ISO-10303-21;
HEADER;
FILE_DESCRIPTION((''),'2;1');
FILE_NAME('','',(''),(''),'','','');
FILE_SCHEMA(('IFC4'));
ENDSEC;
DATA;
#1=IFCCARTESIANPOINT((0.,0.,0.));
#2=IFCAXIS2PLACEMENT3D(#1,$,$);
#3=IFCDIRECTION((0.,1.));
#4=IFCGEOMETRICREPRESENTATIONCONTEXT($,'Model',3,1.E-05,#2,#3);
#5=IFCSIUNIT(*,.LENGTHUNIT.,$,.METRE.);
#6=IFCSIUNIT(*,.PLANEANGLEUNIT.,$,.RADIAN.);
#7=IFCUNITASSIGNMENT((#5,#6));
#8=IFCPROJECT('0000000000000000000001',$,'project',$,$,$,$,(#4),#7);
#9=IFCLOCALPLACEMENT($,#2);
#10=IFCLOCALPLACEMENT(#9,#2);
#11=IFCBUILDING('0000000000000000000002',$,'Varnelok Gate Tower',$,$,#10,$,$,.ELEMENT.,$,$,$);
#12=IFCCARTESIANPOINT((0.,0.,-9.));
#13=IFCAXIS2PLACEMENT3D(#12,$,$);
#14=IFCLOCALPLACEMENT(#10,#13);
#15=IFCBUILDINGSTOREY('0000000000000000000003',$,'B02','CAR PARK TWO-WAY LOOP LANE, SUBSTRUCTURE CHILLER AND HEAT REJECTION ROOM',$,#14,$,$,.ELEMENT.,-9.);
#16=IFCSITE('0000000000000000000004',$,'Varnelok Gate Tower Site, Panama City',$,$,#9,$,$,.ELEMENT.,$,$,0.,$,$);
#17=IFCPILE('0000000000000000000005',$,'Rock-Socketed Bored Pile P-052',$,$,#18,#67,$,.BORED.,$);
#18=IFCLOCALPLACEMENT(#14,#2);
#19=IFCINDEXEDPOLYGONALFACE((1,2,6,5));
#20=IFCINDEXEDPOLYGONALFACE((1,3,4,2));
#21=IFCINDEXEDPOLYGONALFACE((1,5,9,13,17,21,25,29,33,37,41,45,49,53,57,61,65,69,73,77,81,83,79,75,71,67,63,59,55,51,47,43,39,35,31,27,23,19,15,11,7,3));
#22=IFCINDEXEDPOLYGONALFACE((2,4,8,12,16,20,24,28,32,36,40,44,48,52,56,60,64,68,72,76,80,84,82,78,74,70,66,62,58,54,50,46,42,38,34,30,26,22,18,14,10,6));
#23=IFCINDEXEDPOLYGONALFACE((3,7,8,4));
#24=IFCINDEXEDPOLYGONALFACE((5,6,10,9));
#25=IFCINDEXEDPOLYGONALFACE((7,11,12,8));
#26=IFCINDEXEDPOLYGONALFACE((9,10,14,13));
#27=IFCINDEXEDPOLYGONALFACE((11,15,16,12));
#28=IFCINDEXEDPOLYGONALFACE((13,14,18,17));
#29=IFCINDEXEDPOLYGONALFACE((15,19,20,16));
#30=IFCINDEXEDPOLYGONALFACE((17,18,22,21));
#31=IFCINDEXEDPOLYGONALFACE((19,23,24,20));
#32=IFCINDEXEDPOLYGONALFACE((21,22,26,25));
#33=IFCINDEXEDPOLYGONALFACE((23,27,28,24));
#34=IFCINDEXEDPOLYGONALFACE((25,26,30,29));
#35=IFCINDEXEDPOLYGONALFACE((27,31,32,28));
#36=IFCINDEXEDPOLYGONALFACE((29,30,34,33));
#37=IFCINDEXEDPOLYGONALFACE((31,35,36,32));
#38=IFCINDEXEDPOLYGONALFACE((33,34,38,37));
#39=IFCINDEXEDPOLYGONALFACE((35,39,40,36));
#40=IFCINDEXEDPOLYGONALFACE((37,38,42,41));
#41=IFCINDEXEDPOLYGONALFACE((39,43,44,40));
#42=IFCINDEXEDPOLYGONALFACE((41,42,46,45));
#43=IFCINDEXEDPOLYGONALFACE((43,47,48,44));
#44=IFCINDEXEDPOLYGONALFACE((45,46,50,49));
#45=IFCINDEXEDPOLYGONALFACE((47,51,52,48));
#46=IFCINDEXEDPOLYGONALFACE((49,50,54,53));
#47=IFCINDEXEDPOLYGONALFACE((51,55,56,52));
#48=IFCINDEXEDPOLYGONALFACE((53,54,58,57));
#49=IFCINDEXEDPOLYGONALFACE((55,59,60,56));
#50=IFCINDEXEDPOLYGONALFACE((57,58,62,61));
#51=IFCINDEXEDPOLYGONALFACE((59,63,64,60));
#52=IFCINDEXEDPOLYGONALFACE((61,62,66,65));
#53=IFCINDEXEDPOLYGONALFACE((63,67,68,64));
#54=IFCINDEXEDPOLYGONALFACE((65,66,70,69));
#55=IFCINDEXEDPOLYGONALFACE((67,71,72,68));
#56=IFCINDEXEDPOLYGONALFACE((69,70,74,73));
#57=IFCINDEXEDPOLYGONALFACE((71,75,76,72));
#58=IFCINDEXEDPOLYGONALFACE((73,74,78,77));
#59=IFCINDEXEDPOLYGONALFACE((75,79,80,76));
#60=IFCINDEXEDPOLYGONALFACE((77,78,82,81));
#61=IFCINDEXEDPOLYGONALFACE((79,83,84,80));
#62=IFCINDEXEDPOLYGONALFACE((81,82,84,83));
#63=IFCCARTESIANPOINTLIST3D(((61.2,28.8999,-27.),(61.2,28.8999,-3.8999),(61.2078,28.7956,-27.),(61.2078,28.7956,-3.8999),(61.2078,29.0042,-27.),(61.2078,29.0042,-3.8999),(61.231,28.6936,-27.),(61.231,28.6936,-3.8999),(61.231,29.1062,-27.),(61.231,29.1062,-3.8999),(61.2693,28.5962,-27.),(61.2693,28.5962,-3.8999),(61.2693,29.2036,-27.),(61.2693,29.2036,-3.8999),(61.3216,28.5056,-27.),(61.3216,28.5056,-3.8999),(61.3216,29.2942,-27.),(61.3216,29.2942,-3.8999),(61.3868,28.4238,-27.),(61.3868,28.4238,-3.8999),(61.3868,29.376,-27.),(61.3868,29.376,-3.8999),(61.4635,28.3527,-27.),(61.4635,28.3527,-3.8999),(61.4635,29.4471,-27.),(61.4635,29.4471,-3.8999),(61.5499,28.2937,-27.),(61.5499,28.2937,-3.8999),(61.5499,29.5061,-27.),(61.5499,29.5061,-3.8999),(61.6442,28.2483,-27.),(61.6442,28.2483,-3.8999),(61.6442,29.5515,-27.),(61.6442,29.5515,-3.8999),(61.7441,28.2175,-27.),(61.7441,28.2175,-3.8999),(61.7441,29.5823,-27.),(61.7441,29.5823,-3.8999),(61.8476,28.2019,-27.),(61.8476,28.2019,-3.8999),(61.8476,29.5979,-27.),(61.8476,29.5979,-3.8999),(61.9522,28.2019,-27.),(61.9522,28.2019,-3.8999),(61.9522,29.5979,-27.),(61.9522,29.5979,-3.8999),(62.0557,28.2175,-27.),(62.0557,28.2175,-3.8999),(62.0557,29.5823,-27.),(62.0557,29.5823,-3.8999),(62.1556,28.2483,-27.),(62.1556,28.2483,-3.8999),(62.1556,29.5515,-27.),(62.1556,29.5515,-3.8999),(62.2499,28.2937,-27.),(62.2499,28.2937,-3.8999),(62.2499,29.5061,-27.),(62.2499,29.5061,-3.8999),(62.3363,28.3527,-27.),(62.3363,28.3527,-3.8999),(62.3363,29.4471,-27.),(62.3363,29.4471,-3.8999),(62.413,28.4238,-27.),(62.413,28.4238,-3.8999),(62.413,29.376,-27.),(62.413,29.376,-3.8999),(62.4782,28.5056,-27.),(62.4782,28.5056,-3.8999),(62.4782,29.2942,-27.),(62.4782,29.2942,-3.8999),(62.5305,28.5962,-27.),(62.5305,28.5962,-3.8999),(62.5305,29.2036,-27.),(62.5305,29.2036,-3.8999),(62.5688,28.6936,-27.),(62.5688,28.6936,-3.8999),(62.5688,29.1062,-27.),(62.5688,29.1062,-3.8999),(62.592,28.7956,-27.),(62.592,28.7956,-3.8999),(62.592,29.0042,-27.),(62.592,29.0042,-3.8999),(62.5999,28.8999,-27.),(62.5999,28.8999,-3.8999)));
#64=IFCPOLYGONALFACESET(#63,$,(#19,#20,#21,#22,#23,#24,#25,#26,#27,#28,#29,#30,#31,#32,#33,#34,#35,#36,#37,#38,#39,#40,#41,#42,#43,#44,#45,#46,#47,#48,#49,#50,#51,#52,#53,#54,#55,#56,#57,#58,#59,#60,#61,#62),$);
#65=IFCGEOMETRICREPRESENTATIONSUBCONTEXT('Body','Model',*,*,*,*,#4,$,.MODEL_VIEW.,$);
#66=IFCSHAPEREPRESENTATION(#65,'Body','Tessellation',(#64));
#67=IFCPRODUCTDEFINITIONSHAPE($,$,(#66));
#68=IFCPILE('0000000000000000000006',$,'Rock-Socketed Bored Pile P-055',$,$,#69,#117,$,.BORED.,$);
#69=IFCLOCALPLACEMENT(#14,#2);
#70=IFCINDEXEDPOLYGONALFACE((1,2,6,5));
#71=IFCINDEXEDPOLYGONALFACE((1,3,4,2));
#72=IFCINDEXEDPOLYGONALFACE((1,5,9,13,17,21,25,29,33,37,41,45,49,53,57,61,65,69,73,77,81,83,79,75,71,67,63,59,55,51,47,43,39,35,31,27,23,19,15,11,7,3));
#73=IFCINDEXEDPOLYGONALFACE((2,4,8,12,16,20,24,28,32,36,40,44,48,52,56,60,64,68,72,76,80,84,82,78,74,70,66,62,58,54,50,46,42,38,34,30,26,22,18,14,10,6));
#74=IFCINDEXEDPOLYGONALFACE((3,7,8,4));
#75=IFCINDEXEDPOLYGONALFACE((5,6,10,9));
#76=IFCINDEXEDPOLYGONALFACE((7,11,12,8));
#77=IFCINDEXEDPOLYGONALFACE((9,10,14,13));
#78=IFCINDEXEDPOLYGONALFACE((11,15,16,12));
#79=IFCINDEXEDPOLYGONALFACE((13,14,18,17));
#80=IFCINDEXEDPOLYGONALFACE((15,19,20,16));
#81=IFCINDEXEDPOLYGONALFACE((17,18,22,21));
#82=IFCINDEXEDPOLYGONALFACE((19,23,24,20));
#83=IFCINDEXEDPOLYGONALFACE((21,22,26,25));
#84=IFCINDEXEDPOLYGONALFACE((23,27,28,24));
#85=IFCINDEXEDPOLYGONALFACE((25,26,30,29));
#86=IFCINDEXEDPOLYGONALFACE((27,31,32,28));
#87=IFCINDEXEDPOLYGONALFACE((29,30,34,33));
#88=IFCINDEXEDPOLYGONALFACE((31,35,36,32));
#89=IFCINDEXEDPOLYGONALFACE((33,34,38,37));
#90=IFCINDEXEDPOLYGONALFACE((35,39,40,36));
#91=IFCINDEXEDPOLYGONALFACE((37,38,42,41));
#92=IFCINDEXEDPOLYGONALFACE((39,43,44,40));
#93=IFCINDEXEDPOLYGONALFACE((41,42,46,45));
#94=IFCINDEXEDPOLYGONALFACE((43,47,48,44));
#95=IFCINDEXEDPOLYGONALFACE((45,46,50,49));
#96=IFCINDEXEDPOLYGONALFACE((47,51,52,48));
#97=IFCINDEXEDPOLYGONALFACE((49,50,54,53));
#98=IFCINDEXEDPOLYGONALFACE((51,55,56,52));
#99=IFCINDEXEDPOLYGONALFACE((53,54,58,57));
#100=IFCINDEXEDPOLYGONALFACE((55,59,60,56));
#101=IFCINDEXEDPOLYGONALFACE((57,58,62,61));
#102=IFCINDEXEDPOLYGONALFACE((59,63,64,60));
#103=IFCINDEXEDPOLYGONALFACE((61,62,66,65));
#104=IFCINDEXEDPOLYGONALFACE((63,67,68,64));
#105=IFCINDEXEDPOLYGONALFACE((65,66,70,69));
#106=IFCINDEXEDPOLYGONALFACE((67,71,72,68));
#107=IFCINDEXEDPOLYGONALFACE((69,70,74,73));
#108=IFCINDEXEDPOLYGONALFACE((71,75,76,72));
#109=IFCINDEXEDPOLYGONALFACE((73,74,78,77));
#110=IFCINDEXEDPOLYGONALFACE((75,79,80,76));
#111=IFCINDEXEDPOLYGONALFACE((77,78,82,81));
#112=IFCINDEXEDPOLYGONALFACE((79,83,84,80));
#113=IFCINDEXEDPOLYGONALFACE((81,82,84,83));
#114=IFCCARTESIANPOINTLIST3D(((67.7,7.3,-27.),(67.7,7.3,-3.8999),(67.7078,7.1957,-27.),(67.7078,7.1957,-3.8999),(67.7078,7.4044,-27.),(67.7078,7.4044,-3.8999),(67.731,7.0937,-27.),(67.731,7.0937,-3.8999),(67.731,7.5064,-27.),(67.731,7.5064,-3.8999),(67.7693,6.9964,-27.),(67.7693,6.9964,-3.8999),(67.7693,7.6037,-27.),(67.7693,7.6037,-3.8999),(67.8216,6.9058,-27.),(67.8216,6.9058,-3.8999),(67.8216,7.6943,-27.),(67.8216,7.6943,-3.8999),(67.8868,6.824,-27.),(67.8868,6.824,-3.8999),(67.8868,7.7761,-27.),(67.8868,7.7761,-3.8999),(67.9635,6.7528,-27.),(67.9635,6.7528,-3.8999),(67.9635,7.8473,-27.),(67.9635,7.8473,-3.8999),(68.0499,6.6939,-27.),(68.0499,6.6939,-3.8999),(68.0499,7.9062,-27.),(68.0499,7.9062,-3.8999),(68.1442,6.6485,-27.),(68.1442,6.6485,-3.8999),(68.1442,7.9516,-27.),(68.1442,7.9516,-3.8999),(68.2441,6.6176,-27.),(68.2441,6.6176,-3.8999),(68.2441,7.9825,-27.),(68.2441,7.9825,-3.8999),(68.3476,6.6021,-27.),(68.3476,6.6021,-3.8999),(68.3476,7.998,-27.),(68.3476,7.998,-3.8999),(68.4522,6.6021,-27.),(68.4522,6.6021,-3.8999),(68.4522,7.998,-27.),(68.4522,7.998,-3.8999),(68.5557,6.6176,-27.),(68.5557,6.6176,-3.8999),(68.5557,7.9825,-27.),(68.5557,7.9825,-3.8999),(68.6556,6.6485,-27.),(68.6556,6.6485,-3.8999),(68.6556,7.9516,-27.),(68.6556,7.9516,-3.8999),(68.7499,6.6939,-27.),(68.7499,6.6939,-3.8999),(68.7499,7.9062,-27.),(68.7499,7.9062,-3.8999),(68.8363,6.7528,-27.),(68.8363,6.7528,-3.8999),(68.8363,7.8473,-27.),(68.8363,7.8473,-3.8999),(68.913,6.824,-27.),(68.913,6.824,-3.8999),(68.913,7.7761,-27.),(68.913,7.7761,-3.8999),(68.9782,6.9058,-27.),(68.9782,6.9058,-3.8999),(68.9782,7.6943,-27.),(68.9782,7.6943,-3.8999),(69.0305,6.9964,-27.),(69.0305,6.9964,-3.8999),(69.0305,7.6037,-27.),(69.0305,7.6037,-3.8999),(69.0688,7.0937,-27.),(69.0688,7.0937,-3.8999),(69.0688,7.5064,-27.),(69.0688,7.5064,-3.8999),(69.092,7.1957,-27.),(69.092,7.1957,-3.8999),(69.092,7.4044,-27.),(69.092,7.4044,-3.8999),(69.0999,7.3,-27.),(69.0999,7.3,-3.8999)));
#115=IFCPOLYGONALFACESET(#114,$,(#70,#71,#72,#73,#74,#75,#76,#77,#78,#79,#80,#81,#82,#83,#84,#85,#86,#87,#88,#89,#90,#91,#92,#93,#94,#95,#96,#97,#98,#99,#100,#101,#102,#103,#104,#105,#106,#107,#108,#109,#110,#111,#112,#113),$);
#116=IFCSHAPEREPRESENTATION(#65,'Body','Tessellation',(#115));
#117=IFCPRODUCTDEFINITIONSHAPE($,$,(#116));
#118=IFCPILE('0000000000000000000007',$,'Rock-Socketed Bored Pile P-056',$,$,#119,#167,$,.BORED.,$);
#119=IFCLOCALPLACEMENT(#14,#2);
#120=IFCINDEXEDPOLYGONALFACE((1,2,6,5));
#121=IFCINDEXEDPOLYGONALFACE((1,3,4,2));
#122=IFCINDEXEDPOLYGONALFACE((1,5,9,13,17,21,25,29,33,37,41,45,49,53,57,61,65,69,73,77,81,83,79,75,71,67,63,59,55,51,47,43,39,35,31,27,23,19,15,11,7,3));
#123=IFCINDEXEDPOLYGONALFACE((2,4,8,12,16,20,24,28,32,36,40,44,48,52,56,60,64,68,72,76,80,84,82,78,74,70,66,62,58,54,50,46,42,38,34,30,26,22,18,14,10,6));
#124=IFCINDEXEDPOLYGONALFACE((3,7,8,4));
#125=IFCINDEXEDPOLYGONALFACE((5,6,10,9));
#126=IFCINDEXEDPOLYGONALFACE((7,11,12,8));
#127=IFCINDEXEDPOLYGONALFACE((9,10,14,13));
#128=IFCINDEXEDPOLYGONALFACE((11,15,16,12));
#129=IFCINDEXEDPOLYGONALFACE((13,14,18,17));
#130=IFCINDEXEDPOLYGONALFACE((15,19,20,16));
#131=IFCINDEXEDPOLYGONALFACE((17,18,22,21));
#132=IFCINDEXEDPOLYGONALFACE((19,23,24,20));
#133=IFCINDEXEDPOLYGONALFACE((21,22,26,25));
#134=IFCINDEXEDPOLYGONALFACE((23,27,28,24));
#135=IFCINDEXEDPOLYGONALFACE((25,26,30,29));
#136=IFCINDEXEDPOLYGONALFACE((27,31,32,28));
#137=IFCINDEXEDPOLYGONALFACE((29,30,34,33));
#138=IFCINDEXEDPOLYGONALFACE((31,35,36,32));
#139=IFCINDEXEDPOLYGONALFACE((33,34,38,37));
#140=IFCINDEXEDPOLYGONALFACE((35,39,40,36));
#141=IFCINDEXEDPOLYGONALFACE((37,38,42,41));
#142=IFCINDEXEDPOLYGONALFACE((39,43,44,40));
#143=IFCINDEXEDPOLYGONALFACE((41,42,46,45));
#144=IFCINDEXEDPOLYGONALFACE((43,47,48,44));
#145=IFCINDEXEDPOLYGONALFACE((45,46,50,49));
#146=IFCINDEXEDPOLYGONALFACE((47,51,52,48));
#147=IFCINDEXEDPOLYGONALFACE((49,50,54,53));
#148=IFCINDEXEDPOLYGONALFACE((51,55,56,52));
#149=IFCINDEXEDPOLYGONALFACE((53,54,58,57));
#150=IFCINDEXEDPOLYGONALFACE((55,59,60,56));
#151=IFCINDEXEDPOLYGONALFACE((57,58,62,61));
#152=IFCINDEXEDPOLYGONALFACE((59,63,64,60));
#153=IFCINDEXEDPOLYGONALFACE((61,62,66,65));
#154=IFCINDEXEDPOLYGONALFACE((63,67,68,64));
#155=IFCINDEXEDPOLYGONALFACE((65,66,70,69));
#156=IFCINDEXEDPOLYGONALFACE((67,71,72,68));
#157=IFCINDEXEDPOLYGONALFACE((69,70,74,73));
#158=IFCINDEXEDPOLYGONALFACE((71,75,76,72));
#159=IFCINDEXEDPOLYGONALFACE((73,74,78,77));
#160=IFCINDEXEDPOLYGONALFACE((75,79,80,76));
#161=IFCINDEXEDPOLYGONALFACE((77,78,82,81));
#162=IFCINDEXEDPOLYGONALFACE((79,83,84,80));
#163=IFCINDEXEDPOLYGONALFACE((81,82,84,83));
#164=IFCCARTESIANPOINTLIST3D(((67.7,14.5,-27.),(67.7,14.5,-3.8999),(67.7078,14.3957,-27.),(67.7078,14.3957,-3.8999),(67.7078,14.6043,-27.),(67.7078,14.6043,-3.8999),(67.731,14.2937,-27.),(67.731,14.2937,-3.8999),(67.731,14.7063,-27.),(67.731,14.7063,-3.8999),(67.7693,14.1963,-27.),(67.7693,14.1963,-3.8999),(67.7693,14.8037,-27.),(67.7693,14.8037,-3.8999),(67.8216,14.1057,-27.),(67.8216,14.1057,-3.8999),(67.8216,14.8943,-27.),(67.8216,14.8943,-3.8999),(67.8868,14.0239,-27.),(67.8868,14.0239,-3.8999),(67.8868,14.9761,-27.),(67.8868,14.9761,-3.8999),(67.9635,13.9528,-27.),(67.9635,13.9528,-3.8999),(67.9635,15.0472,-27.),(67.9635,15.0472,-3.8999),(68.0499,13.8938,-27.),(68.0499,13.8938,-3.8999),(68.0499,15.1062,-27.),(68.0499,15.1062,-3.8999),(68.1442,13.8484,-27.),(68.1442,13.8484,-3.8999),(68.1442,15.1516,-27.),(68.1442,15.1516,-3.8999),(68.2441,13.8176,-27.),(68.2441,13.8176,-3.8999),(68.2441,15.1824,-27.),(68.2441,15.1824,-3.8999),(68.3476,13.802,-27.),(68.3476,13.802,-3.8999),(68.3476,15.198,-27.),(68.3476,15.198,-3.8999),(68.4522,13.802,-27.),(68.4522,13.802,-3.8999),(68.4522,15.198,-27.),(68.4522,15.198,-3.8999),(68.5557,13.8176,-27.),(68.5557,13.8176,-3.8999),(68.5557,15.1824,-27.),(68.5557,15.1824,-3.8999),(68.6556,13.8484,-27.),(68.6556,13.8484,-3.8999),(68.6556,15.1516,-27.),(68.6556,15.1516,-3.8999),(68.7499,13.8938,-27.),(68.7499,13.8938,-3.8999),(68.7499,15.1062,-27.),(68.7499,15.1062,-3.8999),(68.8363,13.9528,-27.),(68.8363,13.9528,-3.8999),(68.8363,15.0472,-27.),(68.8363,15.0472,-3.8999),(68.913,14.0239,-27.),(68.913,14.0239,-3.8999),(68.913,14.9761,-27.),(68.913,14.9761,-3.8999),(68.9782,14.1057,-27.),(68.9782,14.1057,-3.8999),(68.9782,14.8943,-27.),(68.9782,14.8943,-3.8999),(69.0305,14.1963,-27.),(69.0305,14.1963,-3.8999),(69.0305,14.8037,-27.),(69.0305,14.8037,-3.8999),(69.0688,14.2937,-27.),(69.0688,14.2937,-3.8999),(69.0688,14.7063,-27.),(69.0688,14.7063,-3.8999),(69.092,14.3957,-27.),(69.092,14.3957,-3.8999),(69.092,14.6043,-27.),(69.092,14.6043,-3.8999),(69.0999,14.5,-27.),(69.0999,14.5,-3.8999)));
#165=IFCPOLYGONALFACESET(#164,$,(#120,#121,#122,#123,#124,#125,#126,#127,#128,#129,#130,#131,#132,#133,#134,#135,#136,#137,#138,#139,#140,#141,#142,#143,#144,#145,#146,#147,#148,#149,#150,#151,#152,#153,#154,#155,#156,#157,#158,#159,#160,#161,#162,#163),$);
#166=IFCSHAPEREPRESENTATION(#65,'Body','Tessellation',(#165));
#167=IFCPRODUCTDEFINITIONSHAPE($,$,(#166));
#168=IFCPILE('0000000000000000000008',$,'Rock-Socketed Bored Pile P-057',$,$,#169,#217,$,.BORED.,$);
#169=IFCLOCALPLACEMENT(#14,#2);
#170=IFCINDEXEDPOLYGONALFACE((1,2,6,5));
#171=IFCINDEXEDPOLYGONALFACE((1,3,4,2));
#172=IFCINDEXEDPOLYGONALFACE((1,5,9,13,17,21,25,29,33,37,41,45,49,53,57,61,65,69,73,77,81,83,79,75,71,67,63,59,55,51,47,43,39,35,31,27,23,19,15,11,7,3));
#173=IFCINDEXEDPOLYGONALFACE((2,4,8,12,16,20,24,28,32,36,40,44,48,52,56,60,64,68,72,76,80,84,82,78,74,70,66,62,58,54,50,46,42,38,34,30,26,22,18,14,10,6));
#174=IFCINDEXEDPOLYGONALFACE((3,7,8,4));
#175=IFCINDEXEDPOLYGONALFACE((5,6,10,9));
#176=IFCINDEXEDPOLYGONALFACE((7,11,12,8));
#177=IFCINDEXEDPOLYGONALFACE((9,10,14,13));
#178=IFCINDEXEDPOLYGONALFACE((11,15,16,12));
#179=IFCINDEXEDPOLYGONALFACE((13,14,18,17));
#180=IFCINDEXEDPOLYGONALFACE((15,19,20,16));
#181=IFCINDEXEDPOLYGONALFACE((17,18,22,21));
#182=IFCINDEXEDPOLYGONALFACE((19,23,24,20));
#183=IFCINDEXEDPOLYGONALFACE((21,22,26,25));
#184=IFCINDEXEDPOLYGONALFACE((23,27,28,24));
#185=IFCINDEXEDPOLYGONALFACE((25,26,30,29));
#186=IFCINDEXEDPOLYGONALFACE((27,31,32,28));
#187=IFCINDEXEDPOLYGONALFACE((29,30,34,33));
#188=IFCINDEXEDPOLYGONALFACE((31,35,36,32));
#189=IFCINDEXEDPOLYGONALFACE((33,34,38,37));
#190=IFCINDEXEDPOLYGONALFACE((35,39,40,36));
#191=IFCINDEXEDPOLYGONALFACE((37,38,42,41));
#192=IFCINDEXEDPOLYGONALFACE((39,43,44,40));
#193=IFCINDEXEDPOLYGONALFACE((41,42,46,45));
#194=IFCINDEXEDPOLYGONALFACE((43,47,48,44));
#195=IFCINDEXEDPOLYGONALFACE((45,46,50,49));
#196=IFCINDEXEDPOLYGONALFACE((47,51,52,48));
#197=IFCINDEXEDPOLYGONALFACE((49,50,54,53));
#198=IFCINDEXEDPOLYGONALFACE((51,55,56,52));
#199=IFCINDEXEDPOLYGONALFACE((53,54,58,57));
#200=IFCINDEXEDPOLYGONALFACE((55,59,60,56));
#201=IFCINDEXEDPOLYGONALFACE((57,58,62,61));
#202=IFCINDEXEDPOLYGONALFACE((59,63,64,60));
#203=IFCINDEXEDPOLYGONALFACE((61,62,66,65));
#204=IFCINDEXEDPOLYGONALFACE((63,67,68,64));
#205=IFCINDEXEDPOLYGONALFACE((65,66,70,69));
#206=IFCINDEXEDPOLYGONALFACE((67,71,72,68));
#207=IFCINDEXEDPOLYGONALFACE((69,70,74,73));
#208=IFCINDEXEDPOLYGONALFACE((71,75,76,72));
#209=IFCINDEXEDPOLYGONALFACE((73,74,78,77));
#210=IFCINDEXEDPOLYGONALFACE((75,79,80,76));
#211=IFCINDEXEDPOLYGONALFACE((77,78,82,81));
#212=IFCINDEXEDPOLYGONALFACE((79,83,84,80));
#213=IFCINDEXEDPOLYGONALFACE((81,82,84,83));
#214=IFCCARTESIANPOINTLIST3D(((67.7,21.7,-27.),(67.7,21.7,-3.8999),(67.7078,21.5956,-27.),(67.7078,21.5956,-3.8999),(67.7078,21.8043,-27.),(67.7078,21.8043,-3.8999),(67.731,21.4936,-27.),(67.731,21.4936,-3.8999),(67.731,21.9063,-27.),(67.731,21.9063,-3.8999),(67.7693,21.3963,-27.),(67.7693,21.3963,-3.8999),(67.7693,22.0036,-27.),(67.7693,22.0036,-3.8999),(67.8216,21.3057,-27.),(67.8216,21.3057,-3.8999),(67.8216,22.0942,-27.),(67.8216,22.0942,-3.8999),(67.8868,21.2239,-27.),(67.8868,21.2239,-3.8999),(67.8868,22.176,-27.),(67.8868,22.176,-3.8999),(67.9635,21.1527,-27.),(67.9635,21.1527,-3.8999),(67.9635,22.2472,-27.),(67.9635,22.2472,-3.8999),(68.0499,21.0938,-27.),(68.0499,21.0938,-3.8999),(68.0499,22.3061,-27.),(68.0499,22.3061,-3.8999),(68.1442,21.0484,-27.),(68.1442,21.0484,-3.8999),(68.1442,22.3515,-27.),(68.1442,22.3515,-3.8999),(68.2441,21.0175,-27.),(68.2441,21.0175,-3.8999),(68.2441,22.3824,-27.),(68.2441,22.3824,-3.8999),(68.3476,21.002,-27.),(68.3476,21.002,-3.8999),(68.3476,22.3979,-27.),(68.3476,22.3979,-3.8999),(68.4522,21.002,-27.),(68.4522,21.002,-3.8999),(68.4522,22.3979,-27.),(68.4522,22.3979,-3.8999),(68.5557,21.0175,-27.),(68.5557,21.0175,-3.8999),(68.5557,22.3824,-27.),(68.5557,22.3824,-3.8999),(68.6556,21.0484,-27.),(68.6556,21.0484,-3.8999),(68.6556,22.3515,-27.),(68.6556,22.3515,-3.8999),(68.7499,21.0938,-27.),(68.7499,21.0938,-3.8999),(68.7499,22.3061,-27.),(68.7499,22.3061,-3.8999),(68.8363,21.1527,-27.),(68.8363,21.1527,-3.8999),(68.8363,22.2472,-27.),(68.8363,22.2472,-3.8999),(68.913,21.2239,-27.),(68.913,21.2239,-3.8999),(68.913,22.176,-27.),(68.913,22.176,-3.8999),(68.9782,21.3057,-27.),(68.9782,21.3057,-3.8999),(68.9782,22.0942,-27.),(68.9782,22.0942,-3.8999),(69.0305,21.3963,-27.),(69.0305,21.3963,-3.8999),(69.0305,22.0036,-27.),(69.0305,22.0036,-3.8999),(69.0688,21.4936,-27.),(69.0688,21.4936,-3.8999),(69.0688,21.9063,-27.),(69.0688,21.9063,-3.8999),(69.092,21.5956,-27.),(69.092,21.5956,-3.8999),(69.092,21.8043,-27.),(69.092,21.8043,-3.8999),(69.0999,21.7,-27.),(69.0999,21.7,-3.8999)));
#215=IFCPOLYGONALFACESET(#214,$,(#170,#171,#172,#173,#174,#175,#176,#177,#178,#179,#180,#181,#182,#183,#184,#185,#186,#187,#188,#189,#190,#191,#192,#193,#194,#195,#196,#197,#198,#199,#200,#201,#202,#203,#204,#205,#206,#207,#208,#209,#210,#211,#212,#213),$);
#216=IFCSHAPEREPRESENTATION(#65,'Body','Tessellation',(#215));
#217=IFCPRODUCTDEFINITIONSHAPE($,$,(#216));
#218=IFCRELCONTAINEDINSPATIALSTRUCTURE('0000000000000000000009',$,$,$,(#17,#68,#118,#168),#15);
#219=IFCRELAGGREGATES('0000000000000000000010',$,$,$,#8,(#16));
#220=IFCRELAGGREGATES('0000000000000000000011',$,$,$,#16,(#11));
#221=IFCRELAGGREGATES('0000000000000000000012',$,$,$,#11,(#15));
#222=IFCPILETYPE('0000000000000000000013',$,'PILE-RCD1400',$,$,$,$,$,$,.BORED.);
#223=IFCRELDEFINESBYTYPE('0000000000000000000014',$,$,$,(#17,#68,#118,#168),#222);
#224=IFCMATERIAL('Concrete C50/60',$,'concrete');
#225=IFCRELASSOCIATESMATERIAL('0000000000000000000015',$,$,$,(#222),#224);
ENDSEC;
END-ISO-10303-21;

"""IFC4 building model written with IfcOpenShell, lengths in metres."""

from ifc_helpers import new_model, si_unit, direction, frame, origin, origin_2d, place, context, subcontext, project, spatial, circle, extrude, material, material_profile, profile_set, type_object, element, save


model = new_model("IFC4")

# Units and contexts
model_context = context("Model", 3, precision=1e-05, world=origin(), true_north=direction((0.0, 1.0)))
body_context = subcontext(model_context, "Body", "Model", "MODEL_VIEW")
ifc_project = project(units=[si_unit("LENGTHUNIT", "METRE"), si_unit("PLANEANGLEUNIT", "RADIAN")], contexts=[model_context])

# Site, building, storey
site_placement = place(None, origin())
site = spatial("IfcSite", under=ifc_project, at=site_placement, Name="Varnelok Gate Tower Site, Panama City", CompositionType="ELEMENT", RefElevation=0.0)
building_placement = place(site_placement, origin())
building = spatial("IfcBuilding", under=site, at=building_placement, Name="Varnelok Gate Tower", CompositionType="ELEMENT")
storey_placement = place(building_placement, frame((0.0, 0.0, -9.0)))
storey = spatial("IfcBuildingStorey", under=building, at=storey_placement, Name="B02", Description="CAR PARK TWO-WAY LOOP LANE, SUBSTRUCTURE CHILLER AND HEAT REJECTION ROOM", CompositionType="ELEMENT", Elevation=-9.0)

# Shared definitions
ifc_material_1 = material(Name="Concrete C50/60", Category="concrete")

# Piles
ifc_material_profile_1 = material_profile(ifc_material_1, circle(Radius=0.7, at=origin_2d()), Name="RCD1400")
ifc_profile_set_1 = profile_set([ifc_material_profile_1], Name="Concrete C50/60")
pile_type = type_object("IfcPileType", Name="PILE-RCD1400", PredefinedType="BORED", material=ifc_profile_set_1)
for number, where, z_axis, x_axis, name in (
    (1, (61.8999, 28.8999, -3.8999), (0.0, 0.0, -1.0), (1.0, 0.0, 0.0), "Rock-Socketed Bored Pile P-052"),
    (2, (68.3999, 7.3, -3.8999), (0.0, 0.0, -1.0), (1.0, 0.0, 0.0), "Rock-Socketed Bored Pile P-055"),
    (3, (68.3999, 14.5, -3.8999), (0.0, 0.0, -1.0), (1.0, 0.0, 0.0), "Rock-Socketed Bored Pile P-056"),
    (4, (68.3999, 21.7, -3.8999), (0.0, 0.0, -1.0), (1.0, 0.0, 0.0), "Rock-Socketed Bored Pile P-057"),
):
    element("IfcPile", number, at=place(storey_placement, frame(where, z_axis=z_axis, x_axis=x_axis)), inside=storey, type_object=pile_type, Name=name, PredefinedType="BORED", context=body_context, shape_type="SweptSolid", body=[
        extrude(circle(Radius=0.7, at=origin_2d()), origin(), (0.0, 0.0, 1.0), 23.1001),
    ])

save(model, "model.ifc")
